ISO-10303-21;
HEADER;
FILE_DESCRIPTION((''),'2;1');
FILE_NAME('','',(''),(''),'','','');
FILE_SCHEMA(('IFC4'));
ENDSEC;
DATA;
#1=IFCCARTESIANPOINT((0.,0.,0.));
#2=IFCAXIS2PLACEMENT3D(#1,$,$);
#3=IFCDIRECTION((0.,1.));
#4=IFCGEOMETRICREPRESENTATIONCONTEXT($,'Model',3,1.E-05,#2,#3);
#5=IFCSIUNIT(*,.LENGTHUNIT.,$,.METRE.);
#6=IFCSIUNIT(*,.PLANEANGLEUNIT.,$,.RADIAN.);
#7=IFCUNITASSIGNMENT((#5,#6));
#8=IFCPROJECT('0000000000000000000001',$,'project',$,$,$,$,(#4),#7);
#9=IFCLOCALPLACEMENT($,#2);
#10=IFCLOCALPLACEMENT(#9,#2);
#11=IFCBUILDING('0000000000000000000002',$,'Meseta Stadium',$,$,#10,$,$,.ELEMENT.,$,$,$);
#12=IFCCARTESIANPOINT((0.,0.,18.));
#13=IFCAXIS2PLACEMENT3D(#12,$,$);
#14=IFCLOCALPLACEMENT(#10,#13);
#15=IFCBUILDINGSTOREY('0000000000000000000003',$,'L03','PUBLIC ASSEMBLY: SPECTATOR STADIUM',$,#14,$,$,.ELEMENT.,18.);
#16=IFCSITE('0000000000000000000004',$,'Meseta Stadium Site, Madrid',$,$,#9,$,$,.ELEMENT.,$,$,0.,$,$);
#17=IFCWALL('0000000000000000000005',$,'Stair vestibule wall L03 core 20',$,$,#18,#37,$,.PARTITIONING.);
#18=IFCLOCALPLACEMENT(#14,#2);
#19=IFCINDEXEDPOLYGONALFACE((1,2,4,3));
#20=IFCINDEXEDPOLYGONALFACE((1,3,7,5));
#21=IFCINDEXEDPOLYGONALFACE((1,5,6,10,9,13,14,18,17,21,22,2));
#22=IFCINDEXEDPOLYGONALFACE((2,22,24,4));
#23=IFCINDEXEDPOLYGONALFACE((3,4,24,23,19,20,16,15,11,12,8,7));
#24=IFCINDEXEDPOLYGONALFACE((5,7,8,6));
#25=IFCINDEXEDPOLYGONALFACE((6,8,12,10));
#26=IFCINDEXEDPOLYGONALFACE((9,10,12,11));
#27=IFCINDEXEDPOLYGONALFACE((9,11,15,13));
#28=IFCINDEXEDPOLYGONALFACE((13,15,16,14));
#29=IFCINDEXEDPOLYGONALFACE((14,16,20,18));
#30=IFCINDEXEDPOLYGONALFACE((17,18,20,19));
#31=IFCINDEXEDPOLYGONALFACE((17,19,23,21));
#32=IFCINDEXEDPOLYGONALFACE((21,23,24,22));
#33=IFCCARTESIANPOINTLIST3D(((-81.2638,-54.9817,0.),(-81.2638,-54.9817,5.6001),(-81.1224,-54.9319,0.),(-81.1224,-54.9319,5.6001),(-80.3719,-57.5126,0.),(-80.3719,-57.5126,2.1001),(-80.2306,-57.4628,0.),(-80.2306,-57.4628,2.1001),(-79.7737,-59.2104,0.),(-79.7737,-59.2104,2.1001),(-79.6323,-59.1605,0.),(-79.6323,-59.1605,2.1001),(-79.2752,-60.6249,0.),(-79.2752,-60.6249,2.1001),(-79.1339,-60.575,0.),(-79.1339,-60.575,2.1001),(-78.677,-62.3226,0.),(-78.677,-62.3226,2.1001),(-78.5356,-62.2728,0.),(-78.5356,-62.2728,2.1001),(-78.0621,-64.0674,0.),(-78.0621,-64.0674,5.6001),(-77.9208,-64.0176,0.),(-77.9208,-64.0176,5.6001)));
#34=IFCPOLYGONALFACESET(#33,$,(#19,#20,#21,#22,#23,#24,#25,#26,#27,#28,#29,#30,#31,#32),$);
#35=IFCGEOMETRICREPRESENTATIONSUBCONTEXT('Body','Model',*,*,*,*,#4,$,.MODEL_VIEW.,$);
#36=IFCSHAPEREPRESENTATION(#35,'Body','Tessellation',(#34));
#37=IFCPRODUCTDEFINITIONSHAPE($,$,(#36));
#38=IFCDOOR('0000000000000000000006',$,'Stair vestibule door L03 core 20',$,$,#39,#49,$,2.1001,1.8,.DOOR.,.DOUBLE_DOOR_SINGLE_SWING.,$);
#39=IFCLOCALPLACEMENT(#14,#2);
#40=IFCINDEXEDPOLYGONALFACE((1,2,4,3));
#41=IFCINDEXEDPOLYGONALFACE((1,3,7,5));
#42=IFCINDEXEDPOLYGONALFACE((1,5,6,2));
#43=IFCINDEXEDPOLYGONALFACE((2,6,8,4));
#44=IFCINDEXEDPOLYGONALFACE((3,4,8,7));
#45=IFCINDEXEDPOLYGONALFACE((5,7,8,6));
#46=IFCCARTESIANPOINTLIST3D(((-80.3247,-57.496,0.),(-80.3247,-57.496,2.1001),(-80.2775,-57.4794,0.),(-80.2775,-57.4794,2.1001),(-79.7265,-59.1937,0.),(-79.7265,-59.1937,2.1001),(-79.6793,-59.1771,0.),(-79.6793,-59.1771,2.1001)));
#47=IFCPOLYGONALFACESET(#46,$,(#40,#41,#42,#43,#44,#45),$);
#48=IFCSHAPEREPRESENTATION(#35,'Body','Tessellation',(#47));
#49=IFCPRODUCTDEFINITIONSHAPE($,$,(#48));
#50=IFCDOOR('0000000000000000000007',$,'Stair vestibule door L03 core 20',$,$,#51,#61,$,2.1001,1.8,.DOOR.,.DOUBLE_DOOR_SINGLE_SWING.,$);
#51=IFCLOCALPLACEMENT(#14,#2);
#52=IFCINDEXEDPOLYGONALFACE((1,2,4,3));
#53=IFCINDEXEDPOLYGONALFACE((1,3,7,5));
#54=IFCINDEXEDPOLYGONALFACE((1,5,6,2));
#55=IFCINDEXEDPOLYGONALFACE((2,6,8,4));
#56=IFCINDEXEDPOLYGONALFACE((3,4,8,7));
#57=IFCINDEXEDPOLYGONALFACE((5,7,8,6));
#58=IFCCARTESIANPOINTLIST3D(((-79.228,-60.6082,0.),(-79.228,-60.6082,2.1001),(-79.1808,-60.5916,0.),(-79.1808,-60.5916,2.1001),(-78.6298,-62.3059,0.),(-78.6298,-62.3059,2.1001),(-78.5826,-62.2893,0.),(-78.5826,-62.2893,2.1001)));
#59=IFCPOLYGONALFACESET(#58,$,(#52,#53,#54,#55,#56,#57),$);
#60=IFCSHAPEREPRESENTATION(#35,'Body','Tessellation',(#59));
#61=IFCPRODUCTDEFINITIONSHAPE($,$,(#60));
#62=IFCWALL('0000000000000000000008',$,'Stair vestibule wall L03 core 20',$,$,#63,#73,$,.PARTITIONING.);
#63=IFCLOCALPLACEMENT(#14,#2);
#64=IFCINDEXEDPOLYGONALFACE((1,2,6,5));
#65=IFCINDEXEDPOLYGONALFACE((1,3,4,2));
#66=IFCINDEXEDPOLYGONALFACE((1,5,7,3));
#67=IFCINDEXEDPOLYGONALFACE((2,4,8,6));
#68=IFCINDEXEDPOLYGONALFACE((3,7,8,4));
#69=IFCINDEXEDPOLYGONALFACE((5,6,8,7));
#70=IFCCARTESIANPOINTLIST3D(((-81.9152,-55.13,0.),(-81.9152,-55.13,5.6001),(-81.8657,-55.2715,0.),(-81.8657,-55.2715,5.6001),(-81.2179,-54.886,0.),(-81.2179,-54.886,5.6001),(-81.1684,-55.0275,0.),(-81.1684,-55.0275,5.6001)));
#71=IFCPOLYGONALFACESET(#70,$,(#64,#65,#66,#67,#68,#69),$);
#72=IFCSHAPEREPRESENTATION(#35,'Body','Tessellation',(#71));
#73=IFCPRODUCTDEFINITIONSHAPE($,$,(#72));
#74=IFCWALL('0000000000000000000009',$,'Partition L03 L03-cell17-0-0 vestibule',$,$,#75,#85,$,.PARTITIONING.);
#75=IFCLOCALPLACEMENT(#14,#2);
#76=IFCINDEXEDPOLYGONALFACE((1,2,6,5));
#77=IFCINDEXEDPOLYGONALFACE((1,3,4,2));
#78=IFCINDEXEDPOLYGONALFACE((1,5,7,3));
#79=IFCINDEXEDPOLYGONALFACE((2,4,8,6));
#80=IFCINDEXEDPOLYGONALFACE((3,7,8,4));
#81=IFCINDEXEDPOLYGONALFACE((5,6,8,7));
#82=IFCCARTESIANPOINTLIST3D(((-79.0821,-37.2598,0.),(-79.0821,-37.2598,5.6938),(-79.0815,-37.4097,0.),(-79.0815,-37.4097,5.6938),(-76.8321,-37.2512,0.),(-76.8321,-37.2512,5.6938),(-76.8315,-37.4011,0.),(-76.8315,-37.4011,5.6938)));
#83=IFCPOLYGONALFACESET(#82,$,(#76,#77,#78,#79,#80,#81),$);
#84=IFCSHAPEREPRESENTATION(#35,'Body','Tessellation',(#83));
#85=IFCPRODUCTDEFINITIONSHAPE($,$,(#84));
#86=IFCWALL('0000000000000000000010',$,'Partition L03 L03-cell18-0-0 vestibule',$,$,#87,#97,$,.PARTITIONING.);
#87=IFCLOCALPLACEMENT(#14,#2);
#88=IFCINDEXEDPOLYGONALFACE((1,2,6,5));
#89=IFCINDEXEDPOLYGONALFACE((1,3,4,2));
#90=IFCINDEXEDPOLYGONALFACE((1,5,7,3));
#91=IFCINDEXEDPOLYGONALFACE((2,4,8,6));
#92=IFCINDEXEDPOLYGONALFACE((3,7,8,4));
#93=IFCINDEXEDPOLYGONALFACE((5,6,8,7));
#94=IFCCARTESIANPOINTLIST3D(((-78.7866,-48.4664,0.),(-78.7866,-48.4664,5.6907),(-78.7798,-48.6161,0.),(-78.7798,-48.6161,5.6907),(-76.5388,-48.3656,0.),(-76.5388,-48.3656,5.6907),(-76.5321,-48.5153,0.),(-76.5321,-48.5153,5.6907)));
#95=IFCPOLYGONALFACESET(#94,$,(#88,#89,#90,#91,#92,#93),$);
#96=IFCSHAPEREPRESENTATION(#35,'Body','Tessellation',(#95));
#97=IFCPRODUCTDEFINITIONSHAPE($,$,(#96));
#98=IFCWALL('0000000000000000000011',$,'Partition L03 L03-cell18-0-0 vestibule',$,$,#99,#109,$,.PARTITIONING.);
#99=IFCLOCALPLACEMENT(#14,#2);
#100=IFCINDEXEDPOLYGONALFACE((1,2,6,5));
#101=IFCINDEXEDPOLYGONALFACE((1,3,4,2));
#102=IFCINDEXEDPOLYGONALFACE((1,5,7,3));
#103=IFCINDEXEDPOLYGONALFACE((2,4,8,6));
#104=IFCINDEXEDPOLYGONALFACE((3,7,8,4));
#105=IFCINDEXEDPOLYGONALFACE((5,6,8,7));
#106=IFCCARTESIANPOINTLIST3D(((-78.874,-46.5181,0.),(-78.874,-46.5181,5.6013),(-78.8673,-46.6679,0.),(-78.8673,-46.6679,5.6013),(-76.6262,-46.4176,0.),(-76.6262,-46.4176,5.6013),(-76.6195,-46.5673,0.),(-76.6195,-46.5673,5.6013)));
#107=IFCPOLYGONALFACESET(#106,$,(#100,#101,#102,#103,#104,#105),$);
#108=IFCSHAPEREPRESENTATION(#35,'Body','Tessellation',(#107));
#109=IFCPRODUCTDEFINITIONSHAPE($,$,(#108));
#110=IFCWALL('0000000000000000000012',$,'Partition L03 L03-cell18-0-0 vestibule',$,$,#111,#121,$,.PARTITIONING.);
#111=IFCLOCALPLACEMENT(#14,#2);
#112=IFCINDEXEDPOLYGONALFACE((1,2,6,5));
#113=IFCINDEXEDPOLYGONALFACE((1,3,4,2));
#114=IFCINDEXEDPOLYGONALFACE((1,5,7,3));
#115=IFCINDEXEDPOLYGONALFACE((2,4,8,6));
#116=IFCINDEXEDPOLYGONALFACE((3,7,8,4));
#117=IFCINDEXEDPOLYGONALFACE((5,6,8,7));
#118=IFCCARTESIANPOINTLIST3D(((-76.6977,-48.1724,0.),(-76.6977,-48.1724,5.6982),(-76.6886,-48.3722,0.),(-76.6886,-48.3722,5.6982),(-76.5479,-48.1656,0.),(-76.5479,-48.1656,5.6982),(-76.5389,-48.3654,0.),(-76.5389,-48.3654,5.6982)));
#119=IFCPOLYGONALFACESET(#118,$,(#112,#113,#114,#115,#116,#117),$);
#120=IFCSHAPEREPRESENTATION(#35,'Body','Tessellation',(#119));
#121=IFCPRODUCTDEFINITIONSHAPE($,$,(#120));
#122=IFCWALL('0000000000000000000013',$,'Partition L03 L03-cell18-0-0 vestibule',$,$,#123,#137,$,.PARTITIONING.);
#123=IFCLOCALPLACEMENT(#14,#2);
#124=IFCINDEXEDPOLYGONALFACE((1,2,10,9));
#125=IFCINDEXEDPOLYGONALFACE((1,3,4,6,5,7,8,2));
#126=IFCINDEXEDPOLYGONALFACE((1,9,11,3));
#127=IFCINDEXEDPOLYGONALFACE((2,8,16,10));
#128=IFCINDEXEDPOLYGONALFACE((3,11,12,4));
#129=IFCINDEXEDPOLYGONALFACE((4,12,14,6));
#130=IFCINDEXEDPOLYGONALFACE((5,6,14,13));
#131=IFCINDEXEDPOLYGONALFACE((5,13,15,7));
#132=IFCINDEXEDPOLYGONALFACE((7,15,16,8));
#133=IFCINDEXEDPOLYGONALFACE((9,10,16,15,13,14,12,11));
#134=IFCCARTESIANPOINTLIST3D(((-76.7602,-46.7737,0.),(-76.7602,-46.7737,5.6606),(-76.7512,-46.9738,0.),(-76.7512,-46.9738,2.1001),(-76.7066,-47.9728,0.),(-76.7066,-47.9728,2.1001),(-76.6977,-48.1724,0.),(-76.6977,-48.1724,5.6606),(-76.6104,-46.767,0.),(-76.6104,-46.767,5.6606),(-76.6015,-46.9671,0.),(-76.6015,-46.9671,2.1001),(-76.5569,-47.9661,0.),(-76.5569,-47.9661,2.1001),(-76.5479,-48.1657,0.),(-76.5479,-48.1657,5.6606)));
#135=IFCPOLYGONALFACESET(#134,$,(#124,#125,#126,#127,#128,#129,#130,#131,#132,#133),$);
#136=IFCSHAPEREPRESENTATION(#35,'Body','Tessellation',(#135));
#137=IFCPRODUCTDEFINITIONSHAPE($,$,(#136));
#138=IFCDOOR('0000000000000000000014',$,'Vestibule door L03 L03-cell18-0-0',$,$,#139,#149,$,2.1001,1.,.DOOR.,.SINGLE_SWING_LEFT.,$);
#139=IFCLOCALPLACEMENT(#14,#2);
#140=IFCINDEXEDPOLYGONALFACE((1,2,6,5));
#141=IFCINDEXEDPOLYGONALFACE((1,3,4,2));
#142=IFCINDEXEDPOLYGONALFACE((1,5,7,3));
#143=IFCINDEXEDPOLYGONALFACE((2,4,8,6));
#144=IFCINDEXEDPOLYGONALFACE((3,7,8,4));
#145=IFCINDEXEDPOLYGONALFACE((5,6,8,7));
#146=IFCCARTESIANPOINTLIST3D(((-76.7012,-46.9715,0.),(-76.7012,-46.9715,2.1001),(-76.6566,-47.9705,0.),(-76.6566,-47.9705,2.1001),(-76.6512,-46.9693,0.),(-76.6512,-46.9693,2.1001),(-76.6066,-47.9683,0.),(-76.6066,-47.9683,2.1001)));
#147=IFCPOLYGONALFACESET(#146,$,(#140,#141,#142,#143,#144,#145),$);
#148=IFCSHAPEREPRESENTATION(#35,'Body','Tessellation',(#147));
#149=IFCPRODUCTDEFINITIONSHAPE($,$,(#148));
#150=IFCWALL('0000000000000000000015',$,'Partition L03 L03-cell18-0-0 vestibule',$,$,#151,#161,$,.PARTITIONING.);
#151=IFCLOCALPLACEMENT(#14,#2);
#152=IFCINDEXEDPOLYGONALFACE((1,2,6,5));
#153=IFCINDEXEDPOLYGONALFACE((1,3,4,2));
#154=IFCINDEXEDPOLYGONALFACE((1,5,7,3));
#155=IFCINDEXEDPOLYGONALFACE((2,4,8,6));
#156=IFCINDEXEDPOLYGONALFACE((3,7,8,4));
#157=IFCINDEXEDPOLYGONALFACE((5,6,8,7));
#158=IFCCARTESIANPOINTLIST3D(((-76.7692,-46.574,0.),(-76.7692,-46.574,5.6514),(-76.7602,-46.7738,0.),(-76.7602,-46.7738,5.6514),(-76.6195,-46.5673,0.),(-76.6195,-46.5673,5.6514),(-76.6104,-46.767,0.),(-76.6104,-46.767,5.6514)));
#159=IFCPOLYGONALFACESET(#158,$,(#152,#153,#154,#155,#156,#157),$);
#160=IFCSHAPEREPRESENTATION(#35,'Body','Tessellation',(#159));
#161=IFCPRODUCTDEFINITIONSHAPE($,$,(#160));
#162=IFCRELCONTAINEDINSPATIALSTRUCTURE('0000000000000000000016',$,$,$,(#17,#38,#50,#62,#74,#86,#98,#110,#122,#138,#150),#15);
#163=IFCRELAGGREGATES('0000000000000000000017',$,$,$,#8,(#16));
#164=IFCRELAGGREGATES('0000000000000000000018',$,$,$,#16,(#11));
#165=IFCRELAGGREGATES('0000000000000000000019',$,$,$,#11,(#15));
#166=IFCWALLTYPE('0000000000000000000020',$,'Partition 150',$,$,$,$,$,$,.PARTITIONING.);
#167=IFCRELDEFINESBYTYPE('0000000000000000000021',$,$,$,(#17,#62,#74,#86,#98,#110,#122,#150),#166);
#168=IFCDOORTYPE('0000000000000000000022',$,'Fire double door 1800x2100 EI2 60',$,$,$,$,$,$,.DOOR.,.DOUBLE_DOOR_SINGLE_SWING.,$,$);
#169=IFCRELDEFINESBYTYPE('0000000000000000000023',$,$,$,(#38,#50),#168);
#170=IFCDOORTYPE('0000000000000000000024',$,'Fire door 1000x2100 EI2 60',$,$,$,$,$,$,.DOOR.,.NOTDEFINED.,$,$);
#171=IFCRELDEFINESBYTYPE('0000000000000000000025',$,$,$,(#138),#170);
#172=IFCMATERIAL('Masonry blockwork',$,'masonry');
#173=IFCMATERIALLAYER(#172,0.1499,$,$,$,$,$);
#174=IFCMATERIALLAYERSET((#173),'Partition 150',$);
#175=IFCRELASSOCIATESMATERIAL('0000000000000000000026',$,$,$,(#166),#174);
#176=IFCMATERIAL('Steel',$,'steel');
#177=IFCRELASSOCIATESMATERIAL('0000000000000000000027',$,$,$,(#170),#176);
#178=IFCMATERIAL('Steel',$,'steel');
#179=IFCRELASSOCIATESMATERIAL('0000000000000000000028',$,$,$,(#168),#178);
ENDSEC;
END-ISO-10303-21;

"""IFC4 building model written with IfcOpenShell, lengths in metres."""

from ifc_helpers import new_model, si_unit, direction, frame, frame_2d, origin, place, context, subcontext, project, spatial, rectangle, extrude, material, layer, layer_set, type_object, element, fill, save


model = new_model("IFC4")

# Units and contexts
model_context = context("Model", 3, precision=1e-05, world=origin(), true_north=direction((0.0, 1.0)))
body_context = subcontext(model_context, "Body", "Model", "MODEL_VIEW")
ifc_project = project(units=[si_unit("LENGTHUNIT", "METRE"), si_unit("PLANEANGLEUNIT", "RADIAN")], contexts=[model_context])

# Site, building, storey
site_placement = place(None, origin())
site = spatial("IfcSite", under=ifc_project, at=site_placement, Name="Meseta Stadium Site, Madrid", CompositionType="ELEMENT", RefElevation=0.0)
building_placement = place(site_placement, origin())
building = spatial("IfcBuilding", under=site, at=building_placement, Name="Meseta Stadium", CompositionType="ELEMENT")
storey_placement = place(building_placement, frame((0.0, 0.0, 18.0)))
storey = spatial("IfcBuildingStorey", under=building, at=storey_placement, Name="L03", Description="PUBLIC ASSEMBLY: SPECTATOR STADIUM", CompositionType="ELEMENT", Elevation=18.0)

# Shared definitions
ifc_material_1 = material(Name="Masonry blockwork", Category="masonry")
ifc_layer = layer(ifc_material_1, 0.1499)
ifc_layer_set = layer_set([ifc_layer], Name="Partition 150")
wall_type = type_object("IfcWallType", Name="Partition 150", PredefinedType="PARTITIONING", material=ifc_layer_set)
ifc_material_2 = material(Name="Steel", Category="steel")
door_type_1 = type_object("IfcDoorType", Name="Fire door 1000x2100 EI2 60", OperationType="NOTDEFINED", PredefinedType="DOOR", material=ifc_material_2)

# Shared definitions
ifc_material_3 = material(Name="Steel", Category="steel")
door_type_2 = type_object("IfcDoorType", Name="Fire double door 1800x2100 EI2 60", OperationType="DOUBLE_DOOR_SINGLE_SWING", PredefinedType="DOOR", material=ifc_material_3)

# Wall, openings, doors
wall_1_placement = place(storey_placement, frame((-77.9915, -64.0425, 0.0), z_axis=(0.0, 0.0, 1.0), x_axis=(-0.332353, 0.943155, 0.0)))
wall_1 = element("IfcWall", 1, at=wall_1_placement, inside=storey, type_object=wall_type, Name="Stair vestibule wall L03 core 20", PredefinedType="PARTITIONING", context=body_context, shape_type="SweptSolid", body=[
    extrude(rectangle(XDim=9.6333, YDim=0.1499, at=frame_2d((4.8167, 0.0))), origin(), (0.0, 0.0, 1.0), 5.6001),
])
opening_1_placement = place(wall_1_placement, frame((5.1499, 0.0, 0.0)))
opening_1 = element("IfcOpeningElement", 2, at=opening_1_placement, cuts=wall_1, PredefinedType="OPENING", context=body_context, shape_type="SweptSolid", body=[
    extrude(rectangle(XDim=1.8, YDim=2.1001, at=frame_2d((0.8999, 1.05))), frame((0.0, 0.085, 0.0), z_axis=(0.0, -1.0, 0.0), x_axis=(1.0, 0.0, 0.0)), (0.0, 0.0, 1.0), 0.1699),
])
opening_2_placement = place(wall_1_placement, frame((1.8501, 0.0, 0.0)))
opening_2 = element("IfcOpeningElement", 3, at=opening_2_placement, cuts=wall_1, PredefinedType="OPENING", context=body_context, shape_type="SweptSolid", body=[
    extrude(rectangle(XDim=1.8, YDim=2.1001, at=frame_2d((0.8999, 1.05))), frame((0.0, 0.085, 0.0), z_axis=(0.0, -1.0, 0.0), x_axis=(1.0, 0.0, 0.0)), (0.0, 0.0, 1.0), 0.1699),
])
door_1_placement = place(opening_1_placement, origin())
door_1 = element("IfcDoor", 4, at=door_1_placement, inside=storey, type_object=door_type_2, Name="Stair vestibule door L03 core 20", OperationType="DOUBLE_DOOR_SINGLE_SWING", OverallHeight=2.1001, OverallWidth=1.8, PredefinedType="DOOR", context=body_context, shape_type="SweptSolid", body=[
    extrude(rectangle(XDim=1.8, YDim=2.1001, at=frame_2d((0.8999, 1.05))), frame((0.0, 0.0249, 0.0), z_axis=(0.0, -1.0, 0.0), x_axis=(1.0, 0.0, 0.0)), (0.0, 0.0, 1.0), 0.05),
])
fill(opening_1, door_1)
door_2_placement = place(opening_2_placement, origin())
door_2 = element("IfcDoor", 5, at=door_2_placement, inside=storey, type_object=door_type_2, Name="Stair vestibule door L03 core 20", OperationType="DOUBLE_DOOR_SINGLE_SWING", OverallHeight=2.1001, OverallWidth=1.8, PredefinedType="DOOR", context=body_context, shape_type="SweptSolid", body=[
    extrude(rectangle(XDim=1.8, YDim=2.1001, at=frame_2d((0.8999, 1.05))), frame((0.0, 0.0249, 0.0), z_axis=(0.0, -1.0, 0.0), x_axis=(1.0, 0.0, 0.0)), (0.0, 0.0, 1.0), 0.05),
])
fill(opening_2, door_2)

# Walls
wall_2_placement = place(storey_placement, frame((-81.1931, -54.9568, 0.0), z_axis=(0.0, 0.0, 1.0), x_axis=(-0.94392, -0.330174, 0.0)))
element("IfcWall", 6, at=wall_2_placement, inside=storey, type_object=wall_type, Name="Stair vestibule wall L03 core 20", PredefinedType="PARTITIONING", context=body_context, shape_type="SweptSolid", body=[
    extrude(rectangle(XDim=0.7388, YDim=0.1499, at=frame_2d((0.3694, 0.0))), origin(), (0.0, 0.0, 1.0), 5.6001),
])
wall_3_placement = place(storey_placement, frame((-79.0818, -37.3347, 0.0), z_axis=(0.0, 0.0, 1.0), x_axis=(0.999993, 0.003798, 0.0)))
element("IfcWall", 7, at=wall_3_placement, inside=storey, type_object=wall_type, Name="Partition L03 L03-cell17-0-0 vestibule", PredefinedType="PARTITIONING", context=body_context, shape_type="SweptSolid", body=[
    extrude(rectangle(XDim=2.25, YDim=0.1499, at=frame_2d((1.125, 0.0))), origin(), (0.0, 0.0, 1.0), 5.6938),
])
wall_4_placement = place(storey_placement, frame((-78.7832, -48.5413, 0.0), z_axis=(0.0, 0.0, 1.0), x_axis=(0.998995, 0.044812, 0.0)))
element("IfcWall", 8, at=wall_4_placement, inside=storey, type_object=wall_type, Name="Partition L03 L03-cell18-0-0 vestibule", PredefinedType="PARTITIONING", context=body_context, shape_type="SweptSolid", body=[
    extrude(rectangle(XDim=2.25, YDim=0.1499, at=frame_2d((1.125, 0.0))), origin(), (0.0, 0.0, 1.0), 5.6907),
])
wall_5_placement = place(storey_placement, frame((-78.8706, -46.593, 0.0), z_axis=(0.0, 0.0, 1.0), x_axis=(0.999, 0.044704, 0.0)))
element("IfcWall", 9, at=wall_5_placement, inside=storey, type_object=wall_type, Name="Partition L03 L03-cell18-0-0 vestibule", PredefinedType="PARTITIONING", context=body_context, shape_type="SweptSolid", body=[
    extrude(rectangle(XDim=2.25, YDim=0.1499, at=frame_2d((1.125, 0.0))), origin(), (0.0, 0.0, 1.0), 5.6013),
])
wall_6_placement = place(storey_placement, frame((-76.6138, -48.3689, 0.0), z_axis=(0.0, 0.0, 1.0), x_axis=(-0.045186, 0.998979, 0.0)))
element("IfcWall", 10, at=wall_6_placement, inside=storey, type_object=wall_type, Name="Partition L03 L03-cell18-0-0 vestibule", PredefinedType="PARTITIONING", context=body_context, shape_type="SweptSolid", body=[
    extrude(rectangle(XDim=0.2, YDim=0.1499, at=frame_2d((0.1001, 0.0))), origin(), (0.0, 0.0, 1.0), 5.6982),
])

# Wall, opening, door
wall_7_placement = place(storey_placement, frame((-76.6228, -48.1692, 0.0), z_axis=(0.0, 0.0, 1.0), x_axis=(-0.04464, 0.999003, 0.0)))
wall_7 = element("IfcWall", 11, at=wall_7_placement, inside=storey, type_object=wall_type, Name="Partition L03 L03-cell18-0-0 vestibule", PredefinedType="PARTITIONING", context=body_context, shape_type="SweptSolid", body=[
    extrude(rectangle(XDim=1.4001, YDim=0.1499, at=frame_2d((0.7002, 0.0))), origin(), (0.0, 0.0, 1.0), 5.6606),
])
opening_3_placement = place(wall_7_placement, frame((0.2, 0.0, 0.0)))
opening_3 = element("IfcOpeningElement", 12, at=opening_3_placement, cuts=wall_7, PredefinedType="OPENING", context=body_context, shape_type="SweptSolid", body=[
    extrude(rectangle(XDim=1.0, YDim=2.1001, at=frame_2d((0.5, 1.05))), frame((0.0, 0.085, 0.0), z_axis=(0.0, -1.0, 0.0), x_axis=(1.0, 0.0, 0.0)), (0.0, 0.0, 1.0), 0.1699),
])
door_3_placement = place(opening_3_placement, origin())
door_3 = element("IfcDoor", 13, at=door_3_placement, inside=storey, type_object=door_type_1, Name="Vestibule door L03 L03-cell18-0-0", OperationType="SINGLE_SWING_LEFT", OverallHeight=2.1001, OverallWidth=1.0, PredefinedType="DOOR", context=body_context, shape_type="SweptSolid", body=[
    extrude(rectangle(XDim=1.0, YDim=2.1001, at=frame_2d((0.5, 1.05))), frame((0.0, 0.0249, 0.0), z_axis=(0.0, -1.0, 0.0), x_axis=(1.0, 0.0, 0.0)), (0.0, 0.0, 1.0), 0.05),
])
fill(opening_3, door_3)

# Wall
wall_8_placement = place(storey_placement, frame((-76.6853, -46.7705, 0.0), z_axis=(0.0, 0.0, 1.0), x_axis=(-0.045186, 0.998979, 0.0)))
element("IfcWall", 14, at=wall_8_placement, inside=storey, type_object=wall_type, Name="Partition L03 L03-cell18-0-0 vestibule", PredefinedType="PARTITIONING", context=body_context, shape_type="SweptSolid", body=[
    extrude(rectangle(XDim=0.2, YDim=0.1499, at=frame_2d((0.1001, 0.0))), origin(), (0.0, 0.0, 1.0), 5.6514),
])

save(model, "model.ifc")
